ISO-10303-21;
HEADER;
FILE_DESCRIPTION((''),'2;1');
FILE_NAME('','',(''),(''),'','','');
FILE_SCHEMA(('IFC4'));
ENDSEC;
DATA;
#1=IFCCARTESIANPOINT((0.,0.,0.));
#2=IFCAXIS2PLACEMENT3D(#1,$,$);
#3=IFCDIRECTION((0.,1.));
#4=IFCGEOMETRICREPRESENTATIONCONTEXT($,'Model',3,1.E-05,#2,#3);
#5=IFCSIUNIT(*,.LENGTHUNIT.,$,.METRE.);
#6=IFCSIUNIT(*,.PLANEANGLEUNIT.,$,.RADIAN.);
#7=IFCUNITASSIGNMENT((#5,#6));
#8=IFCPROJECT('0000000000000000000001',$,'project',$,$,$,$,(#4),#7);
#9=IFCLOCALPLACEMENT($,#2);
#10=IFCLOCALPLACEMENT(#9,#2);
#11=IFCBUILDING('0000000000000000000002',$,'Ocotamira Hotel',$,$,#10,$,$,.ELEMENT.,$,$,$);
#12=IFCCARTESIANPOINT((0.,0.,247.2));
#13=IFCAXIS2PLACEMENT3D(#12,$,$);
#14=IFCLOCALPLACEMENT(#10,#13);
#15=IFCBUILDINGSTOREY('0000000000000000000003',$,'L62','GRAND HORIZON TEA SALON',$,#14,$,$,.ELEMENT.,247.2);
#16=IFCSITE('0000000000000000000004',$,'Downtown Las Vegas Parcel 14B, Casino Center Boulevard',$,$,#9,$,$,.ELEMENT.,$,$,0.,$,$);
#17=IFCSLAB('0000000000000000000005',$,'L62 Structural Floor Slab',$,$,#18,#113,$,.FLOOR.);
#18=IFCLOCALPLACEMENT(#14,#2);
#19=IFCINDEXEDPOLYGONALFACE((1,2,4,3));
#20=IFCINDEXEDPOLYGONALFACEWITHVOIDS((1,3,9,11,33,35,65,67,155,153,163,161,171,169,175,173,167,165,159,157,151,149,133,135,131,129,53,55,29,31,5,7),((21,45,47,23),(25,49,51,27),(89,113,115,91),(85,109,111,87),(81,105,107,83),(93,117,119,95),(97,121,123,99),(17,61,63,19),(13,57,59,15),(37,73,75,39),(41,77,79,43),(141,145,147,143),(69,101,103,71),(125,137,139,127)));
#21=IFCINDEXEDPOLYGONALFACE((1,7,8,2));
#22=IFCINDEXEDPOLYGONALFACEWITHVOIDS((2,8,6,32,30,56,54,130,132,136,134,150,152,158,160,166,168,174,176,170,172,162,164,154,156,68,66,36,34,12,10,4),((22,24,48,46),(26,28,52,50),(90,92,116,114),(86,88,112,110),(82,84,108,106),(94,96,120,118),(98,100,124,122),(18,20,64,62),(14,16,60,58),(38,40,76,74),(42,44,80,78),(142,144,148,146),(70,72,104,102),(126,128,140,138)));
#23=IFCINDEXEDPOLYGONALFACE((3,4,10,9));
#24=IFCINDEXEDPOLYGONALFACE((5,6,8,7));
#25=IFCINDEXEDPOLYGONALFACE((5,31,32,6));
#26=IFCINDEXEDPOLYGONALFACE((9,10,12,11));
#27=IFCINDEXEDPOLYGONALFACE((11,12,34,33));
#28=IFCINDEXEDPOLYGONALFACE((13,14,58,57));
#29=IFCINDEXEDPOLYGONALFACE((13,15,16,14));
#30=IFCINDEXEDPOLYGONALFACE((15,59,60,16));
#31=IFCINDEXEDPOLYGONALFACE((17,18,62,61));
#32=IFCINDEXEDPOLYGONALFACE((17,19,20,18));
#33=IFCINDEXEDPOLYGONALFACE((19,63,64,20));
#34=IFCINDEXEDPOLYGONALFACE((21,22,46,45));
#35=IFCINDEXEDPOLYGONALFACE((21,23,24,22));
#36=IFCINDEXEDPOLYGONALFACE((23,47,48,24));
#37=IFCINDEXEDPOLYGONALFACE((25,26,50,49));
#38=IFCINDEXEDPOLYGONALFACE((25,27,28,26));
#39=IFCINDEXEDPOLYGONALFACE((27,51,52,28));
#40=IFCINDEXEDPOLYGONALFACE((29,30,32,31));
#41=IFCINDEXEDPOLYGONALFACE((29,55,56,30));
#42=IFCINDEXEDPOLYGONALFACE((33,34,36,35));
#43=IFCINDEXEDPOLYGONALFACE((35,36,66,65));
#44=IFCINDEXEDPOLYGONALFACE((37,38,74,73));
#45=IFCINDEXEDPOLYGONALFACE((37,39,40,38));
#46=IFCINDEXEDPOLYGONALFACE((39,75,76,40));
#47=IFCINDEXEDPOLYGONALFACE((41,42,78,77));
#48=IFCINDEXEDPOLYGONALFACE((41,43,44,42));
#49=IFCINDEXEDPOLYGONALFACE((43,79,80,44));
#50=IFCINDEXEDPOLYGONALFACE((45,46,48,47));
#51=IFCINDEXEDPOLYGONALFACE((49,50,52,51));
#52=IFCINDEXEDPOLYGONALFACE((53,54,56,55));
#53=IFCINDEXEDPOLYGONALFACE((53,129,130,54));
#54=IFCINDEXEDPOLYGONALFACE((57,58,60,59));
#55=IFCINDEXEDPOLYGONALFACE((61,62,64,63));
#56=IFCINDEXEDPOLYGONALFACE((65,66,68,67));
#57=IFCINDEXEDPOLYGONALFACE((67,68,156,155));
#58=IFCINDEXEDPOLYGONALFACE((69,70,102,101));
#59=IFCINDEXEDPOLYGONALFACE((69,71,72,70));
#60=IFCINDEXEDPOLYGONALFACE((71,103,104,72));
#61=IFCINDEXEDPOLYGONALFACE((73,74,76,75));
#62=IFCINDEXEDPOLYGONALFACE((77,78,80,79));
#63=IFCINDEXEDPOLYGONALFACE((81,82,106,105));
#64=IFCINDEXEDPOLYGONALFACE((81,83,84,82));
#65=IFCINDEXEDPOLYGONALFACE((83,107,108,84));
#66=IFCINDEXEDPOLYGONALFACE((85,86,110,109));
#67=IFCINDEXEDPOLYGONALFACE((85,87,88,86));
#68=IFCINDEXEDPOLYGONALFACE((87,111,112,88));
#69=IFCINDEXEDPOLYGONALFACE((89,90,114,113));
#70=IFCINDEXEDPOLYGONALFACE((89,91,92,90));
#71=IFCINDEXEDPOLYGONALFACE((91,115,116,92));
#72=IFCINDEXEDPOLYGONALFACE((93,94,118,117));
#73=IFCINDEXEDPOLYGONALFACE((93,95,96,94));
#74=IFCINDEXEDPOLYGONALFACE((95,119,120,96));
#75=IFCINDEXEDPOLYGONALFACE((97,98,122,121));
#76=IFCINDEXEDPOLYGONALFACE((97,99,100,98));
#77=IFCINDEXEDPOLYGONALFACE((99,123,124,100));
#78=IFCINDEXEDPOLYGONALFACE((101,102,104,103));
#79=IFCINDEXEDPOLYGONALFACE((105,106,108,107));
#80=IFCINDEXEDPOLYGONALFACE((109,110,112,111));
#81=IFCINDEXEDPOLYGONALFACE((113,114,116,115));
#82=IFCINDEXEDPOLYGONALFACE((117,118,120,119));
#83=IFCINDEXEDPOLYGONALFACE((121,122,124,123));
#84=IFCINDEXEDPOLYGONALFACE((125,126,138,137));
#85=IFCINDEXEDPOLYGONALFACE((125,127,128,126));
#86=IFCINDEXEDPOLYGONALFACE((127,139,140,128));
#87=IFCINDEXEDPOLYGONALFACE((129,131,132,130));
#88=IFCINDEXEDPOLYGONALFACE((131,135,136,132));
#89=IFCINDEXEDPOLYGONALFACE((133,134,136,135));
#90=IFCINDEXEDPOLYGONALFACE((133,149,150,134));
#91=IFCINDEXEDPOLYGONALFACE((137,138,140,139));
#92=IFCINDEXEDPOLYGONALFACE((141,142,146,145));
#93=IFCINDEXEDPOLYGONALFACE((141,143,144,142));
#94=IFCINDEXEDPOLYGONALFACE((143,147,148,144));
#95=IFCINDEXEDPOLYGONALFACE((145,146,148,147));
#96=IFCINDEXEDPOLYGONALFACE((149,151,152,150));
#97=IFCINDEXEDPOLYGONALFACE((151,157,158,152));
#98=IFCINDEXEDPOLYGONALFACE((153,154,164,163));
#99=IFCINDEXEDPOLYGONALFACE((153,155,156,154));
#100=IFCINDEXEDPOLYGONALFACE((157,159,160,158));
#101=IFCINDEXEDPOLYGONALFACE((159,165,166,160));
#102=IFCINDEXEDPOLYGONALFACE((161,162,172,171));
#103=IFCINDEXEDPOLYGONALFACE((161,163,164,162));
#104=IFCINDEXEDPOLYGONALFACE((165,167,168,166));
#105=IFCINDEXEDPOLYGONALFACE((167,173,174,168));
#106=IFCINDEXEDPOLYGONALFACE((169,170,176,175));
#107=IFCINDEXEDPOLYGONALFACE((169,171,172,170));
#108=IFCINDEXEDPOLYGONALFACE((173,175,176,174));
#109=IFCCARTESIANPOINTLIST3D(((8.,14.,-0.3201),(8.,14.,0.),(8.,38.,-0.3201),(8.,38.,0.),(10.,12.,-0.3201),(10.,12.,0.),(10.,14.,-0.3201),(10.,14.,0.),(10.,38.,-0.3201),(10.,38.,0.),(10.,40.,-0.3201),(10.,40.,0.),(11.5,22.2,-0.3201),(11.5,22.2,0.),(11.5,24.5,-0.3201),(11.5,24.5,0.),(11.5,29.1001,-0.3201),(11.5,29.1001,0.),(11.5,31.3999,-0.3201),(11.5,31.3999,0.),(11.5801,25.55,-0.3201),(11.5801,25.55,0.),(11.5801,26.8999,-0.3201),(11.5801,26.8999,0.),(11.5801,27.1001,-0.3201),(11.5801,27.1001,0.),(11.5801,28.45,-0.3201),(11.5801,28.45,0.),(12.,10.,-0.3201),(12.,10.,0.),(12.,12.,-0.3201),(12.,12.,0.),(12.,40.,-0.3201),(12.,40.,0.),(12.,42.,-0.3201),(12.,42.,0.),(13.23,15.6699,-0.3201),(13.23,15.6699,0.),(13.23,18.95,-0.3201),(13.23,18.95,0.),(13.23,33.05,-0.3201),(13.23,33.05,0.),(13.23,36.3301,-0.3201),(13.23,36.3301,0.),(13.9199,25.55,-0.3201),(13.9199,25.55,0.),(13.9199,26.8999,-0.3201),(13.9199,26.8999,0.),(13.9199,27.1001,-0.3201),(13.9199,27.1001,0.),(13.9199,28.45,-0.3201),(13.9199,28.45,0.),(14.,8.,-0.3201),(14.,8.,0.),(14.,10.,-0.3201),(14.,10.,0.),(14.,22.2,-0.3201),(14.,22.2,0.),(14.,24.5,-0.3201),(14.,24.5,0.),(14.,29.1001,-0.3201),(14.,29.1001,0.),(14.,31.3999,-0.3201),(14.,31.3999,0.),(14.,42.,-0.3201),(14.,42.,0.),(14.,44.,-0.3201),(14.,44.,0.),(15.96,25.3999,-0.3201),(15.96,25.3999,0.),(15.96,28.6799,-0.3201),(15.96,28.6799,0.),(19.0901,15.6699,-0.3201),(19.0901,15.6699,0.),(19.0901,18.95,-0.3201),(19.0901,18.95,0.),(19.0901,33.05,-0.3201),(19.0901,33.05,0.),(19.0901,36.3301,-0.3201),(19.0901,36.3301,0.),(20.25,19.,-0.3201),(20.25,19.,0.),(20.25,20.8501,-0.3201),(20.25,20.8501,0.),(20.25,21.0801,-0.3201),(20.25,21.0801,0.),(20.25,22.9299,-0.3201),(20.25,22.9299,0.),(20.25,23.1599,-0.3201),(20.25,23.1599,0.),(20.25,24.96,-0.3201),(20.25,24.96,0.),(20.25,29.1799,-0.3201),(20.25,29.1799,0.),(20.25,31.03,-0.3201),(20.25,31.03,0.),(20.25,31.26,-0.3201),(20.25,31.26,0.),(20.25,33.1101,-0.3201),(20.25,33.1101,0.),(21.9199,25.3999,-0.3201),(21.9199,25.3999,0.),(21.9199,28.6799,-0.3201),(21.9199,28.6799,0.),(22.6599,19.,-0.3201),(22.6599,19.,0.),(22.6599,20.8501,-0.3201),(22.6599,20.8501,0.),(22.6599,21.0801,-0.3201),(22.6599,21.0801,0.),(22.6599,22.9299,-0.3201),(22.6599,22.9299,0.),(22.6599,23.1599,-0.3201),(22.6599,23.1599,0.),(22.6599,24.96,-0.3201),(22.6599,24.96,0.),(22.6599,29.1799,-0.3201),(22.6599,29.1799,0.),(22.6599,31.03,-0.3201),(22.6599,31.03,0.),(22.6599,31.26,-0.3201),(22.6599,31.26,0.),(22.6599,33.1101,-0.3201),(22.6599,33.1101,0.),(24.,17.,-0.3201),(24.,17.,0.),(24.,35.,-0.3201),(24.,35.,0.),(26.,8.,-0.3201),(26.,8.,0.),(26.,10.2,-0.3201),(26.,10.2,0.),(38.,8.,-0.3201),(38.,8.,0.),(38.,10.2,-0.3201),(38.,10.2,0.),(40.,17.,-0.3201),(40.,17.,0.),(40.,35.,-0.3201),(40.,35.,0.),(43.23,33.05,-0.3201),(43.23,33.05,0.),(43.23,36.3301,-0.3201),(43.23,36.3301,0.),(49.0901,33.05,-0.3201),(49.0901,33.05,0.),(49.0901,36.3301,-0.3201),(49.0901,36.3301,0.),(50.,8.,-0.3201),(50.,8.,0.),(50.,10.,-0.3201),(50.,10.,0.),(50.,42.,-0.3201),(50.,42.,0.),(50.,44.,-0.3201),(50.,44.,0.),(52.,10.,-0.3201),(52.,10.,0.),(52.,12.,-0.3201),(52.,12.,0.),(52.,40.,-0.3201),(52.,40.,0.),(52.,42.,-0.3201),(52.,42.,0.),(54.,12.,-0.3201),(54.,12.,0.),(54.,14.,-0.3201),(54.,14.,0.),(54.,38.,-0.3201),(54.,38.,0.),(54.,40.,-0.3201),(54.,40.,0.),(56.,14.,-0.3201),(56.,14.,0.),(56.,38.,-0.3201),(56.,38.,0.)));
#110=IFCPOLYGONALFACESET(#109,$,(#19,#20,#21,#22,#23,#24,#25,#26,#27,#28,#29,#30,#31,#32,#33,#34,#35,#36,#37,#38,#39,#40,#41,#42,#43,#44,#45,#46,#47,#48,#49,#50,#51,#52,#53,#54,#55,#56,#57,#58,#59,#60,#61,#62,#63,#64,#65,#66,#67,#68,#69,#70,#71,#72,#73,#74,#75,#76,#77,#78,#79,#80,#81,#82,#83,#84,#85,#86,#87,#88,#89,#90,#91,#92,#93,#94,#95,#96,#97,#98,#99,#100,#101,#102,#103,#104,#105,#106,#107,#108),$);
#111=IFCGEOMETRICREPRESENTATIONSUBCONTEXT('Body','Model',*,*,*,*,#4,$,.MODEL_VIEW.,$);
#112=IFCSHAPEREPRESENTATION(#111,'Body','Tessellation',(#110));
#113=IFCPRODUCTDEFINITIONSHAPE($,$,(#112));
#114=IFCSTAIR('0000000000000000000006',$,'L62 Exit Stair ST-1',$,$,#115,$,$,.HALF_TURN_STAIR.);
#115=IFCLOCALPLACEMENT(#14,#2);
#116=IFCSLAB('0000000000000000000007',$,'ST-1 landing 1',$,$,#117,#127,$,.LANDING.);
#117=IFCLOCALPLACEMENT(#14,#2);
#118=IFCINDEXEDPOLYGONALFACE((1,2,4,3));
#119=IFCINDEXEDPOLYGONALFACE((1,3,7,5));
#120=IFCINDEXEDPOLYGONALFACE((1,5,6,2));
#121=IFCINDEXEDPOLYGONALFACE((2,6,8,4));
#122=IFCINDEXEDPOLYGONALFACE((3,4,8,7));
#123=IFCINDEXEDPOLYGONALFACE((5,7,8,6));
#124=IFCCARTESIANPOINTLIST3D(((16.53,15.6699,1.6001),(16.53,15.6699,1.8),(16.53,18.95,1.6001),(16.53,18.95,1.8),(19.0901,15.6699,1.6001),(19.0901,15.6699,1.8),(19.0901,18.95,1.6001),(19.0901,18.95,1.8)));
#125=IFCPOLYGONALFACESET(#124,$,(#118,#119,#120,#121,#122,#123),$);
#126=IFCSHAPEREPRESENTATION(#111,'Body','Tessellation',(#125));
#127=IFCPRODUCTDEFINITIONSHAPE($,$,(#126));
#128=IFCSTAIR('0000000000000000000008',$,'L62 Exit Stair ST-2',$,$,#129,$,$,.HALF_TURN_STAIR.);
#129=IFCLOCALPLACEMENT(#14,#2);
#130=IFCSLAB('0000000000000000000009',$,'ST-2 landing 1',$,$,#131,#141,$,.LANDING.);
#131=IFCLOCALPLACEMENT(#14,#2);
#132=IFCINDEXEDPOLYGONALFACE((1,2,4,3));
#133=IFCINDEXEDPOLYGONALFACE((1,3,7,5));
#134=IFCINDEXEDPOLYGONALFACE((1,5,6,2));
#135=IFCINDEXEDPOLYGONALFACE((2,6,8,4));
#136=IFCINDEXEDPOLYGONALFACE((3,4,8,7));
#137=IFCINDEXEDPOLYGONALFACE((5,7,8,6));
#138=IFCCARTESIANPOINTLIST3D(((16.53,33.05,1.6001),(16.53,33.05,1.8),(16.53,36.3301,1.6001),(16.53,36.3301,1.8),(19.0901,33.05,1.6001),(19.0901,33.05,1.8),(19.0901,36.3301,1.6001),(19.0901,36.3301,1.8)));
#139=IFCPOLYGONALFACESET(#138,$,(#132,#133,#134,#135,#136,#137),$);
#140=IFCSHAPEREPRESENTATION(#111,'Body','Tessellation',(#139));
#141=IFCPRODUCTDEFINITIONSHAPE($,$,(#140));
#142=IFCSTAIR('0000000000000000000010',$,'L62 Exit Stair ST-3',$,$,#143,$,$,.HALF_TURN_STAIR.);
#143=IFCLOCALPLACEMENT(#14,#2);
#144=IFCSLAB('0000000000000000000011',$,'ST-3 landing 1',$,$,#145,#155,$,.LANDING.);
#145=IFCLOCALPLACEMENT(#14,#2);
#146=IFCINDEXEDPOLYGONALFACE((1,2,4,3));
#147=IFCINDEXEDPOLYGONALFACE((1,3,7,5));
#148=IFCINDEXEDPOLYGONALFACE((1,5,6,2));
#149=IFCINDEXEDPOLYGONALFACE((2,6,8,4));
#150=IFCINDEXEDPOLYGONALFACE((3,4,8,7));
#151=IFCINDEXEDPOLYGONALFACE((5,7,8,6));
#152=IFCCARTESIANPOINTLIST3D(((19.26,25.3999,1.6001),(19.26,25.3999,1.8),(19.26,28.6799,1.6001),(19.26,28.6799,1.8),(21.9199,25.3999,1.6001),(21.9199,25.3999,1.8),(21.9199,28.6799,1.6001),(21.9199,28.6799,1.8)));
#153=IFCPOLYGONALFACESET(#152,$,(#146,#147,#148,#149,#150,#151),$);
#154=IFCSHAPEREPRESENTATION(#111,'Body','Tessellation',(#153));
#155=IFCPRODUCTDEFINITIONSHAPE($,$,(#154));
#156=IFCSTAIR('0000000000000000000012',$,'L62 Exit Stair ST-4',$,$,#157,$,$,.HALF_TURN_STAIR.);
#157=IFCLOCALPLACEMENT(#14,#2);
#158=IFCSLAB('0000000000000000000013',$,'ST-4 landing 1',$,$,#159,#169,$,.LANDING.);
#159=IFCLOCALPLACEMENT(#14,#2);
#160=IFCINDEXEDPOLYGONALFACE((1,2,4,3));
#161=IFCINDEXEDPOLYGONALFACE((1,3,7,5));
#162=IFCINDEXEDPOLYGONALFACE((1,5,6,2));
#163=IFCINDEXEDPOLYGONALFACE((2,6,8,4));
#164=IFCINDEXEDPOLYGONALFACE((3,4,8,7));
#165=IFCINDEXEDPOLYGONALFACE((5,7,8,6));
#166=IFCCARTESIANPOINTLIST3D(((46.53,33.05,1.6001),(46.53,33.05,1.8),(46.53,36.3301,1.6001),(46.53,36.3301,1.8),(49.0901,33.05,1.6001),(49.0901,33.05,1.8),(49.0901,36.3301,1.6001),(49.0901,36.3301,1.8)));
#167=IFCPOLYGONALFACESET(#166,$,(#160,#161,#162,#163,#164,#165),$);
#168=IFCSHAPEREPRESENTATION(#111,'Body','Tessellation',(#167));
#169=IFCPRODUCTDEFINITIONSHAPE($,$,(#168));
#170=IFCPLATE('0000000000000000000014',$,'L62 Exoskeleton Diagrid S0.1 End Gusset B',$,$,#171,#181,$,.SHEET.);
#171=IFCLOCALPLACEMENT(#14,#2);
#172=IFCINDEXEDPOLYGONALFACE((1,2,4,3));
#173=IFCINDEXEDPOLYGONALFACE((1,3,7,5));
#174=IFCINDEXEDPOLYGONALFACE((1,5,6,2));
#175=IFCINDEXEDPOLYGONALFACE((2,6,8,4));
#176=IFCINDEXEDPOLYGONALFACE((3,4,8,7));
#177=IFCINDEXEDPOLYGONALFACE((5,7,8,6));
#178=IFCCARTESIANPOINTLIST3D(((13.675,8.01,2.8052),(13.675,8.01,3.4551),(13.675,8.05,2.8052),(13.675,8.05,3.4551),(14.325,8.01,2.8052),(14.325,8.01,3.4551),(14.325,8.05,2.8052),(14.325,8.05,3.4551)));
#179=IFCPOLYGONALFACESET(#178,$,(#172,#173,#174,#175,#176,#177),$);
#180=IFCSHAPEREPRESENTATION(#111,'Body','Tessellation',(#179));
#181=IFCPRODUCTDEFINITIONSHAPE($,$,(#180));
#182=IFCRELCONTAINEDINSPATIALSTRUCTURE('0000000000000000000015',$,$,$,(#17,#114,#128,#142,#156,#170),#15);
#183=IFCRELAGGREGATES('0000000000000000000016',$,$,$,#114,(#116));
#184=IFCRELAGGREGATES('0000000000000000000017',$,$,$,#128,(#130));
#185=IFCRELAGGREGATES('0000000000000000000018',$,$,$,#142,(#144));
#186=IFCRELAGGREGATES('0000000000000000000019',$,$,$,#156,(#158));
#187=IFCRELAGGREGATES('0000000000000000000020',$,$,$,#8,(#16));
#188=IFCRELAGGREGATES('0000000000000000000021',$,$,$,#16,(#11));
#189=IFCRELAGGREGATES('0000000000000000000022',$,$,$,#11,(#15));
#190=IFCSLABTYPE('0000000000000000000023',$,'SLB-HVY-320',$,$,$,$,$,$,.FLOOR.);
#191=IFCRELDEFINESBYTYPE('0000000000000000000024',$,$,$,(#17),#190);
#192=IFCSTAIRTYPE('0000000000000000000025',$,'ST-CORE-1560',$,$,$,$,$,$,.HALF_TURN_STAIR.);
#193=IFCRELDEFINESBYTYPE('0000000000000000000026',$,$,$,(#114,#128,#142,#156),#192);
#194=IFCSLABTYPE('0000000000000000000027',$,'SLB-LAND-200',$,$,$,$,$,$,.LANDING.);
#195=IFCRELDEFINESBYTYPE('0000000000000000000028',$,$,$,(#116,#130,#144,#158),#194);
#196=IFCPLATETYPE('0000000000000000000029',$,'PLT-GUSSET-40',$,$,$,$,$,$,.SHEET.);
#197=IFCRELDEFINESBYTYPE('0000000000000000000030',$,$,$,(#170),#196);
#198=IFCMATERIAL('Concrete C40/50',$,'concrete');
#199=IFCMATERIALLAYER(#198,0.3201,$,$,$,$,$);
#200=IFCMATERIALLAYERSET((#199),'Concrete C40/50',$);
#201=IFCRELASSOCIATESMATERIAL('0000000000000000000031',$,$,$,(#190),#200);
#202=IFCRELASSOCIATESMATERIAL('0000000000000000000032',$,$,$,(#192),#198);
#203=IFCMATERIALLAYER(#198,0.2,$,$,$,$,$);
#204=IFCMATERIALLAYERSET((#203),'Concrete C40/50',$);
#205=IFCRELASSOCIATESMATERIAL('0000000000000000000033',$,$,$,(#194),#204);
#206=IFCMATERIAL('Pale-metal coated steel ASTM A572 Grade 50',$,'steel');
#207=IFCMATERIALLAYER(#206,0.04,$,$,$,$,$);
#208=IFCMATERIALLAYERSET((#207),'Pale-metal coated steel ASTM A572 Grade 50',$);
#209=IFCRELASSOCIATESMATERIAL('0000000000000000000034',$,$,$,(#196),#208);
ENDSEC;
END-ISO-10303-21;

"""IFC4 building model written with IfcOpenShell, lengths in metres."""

from ifc_helpers import new_model, si_unit, direction, frame, origin, origin_2d, place, context, subcontext, project, spatial, polyline, rectangle, outline, extrude, source, transform, mapped, material, layer, layer_set, type_object, element, aggregate, save


model = new_model("IFC4")

# Units and contexts
model_context = context("Model", 3, precision=1e-05, world=origin(), true_north=direction((0.0, 1.0)))
body_context = subcontext(model_context, "Body", "Model", "MODEL_VIEW")
ifc_project = project(units=[si_unit("LENGTHUNIT", "METRE"), si_unit("PLANEANGLEUNIT", "RADIAN")], contexts=[model_context])

# Site, building, storey
site_placement = place(None, origin())
site = spatial("IfcSite", under=ifc_project, at=site_placement, Name="Downtown Las Vegas Parcel 14B, Casino Center Boulevard", CompositionType="ELEMENT", RefElevation=0.0)
building_placement = place(site_placement, origin())
building = spatial("IfcBuilding", under=site, at=building_placement, Name="Ocotamira Hotel", CompositionType="ELEMENT")
storey_placement = place(building_placement, frame((0.0, 0.0, 247.2)))
storey = spatial("IfcBuildingStorey", under=building, at=storey_placement, Name="L62", Description="GRAND HORIZON TEA SALON", CompositionType="ELEMENT", Elevation=247.2)

# Slab
ifc_material_1 = material(Name="Concrete C40/50", Category="concrete")
ifc_layer_1 = layer(ifc_material_1, 0.3201)
ifc_layer_set_1 = layer_set([ifc_layer_1], Name="Concrete C40/50")
slab_type_1 = type_object("IfcSlabType", Name="SLB-HVY-320", PredefinedType="FLOOR", material=ifc_layer_set_1)
slab_1_placement = place(storey_placement, frame((0.0, 0.0, -0.3201)))
element("IfcSlab", 1, at=slab_1_placement, inside=storey, type_object=slab_type_1, Name="L62 Structural Floor Slab", PredefinedType="FLOOR", context=body_context, shape_type="SweptSolid", body=[
    extrude(outline(polyline([(14.0, 8.0), (14.0, 10.0), (12.0, 10.0), (12.0, 12.0), (10.0, 12.0), (10.0, 14.0), (8.0, 14.0), (8.0, 38.0), (10.0, 38.0), (10.0, 40.0), (12.0, 40.0), (12.0, 42.0), (14.0, 42.0), (14.0, 44.0), (50.0, 44.0), (50.0, 42.0), (52.0, 42.0), (52.0, 40.0), (54.0, 40.0), (54.0, 38.0), (56.0, 38.0), (56.0, 14.0), (54.0, 14.0), (54.0, 12.0), (52.0, 12.0), (52.0, 10.0), (50.0, 10.0), (50.0, 8.0), (38.0, 8.0), (38.0, 10.2), (26.0, 10.2), (26.0, 8.0), (14.0, 8.0)]), holes=[polyline([(24.0, 17.0), (40.0, 17.0), (40.0, 35.0), (24.0, 35.0), (24.0, 17.0)]), polyline([(13.23, 15.6699), (19.0901, 15.6699), (19.0901, 18.95), (13.23, 18.95), (13.23, 15.6699)]), polyline([(13.23, 33.05), (19.0901, 33.05), (19.0901, 36.3301), (13.23, 36.3301), (13.23, 33.05)]), polyline([(15.96, 25.3999), (21.9199, 25.3999), (21.9199, 28.6799), (15.96, 28.6799), (15.96, 25.3999)]), polyline([(43.23, 33.05), (49.0901, 33.05), (49.0901, 36.3301), (43.23, 36.3301), (43.23, 33.05)]), polyline([(20.25, 19.0), (22.6599, 19.0), (22.6599, 20.8501), (20.25, 20.8501), (20.25, 19.0)]), polyline([(20.25, 21.0801), (22.6599, 21.0801), (22.6599, 22.9299), (20.25, 22.9299), (20.25, 21.0801)]), polyline([(20.25, 23.1599), (22.6599, 23.1599), (22.6599, 24.96), (20.25, 24.96), (20.25, 23.1599)]), polyline([(20.25, 29.1799), (22.6599, 29.1799), (22.6599, 31.03), (20.25, 31.03), (20.25, 29.1799)]), polyline([(20.25, 31.26), (22.6599, 31.26), (22.6599, 33.1101), (20.25, 33.1101), (20.25, 31.26)]), polyline([(11.5, 22.2), (14.0, 22.2), (14.0, 24.5), (11.5, 24.5), (11.5, 22.2)]), polyline([(11.5, 29.1001), (14.0, 29.1001), (14.0, 31.3999), (11.5, 31.3999), (11.5, 29.1001)]), polyline([(11.5801, 25.55), (13.9199, 25.55), (13.9199, 26.8999), (11.5801, 26.8999), (11.5801, 25.55)]), polyline([(11.5801, 27.1001), (13.9199, 27.1001), (13.9199, 28.45), (11.5801, 28.45), (11.5801, 27.1001)])]), origin(), (0.0, 0.0, 1.0), 0.3201),
])

# Stairs, slabs
stair_type = type_object("IfcStairType", Name="ST-CORE-1560", PredefinedType="HALF_TURN_STAIR", material=ifc_material_1)
stair_1_placement = place(storey_placement, origin())
stair_1 = element("IfcStair", 2, at=stair_1_placement, inside=storey, type_object=stair_type, Name="L62 Exit Stair ST-1", PredefinedType="HALF_TURN_STAIR")
ifc_layer_2 = layer(ifc_material_1, 0.2)
ifc_layer_set_2 = layer_set([ifc_layer_2], Name="Concrete C40/50")
slab_type_2 = type_object("IfcSlabType", Name="SLB-LAND-200", PredefinedType="LANDING", material=ifc_layer_set_2)
slab_2_placement = place(storey_placement, frame((0.0, 0.0, 1.6001)))
slab_2 = element("IfcSlab", 3, at=slab_2_placement, type_object=slab_type_2, Name="ST-1 landing 1", PredefinedType="LANDING", context=body_context, shape_type="SweptSolid", body=[
    extrude(outline(polyline([(16.53, 15.6699), (19.0901, 15.6699), (19.0901, 18.95), (16.53, 18.95), (16.53, 15.6699)])), origin(), (0.0, 0.0, 1.0), 0.2),
])
aggregate(stair_1, [slab_2])
stair_2_placement = place(storey_placement, origin())
stair_2 = element("IfcStair", 4, at=stair_2_placement, inside=storey, type_object=stair_type, Name="L62 Exit Stair ST-2", PredefinedType="HALF_TURN_STAIR")
slab_3_placement = place(storey_placement, frame((0.0, 0.0, 1.6001)))
slab_3 = element("IfcSlab", 5, at=slab_3_placement, type_object=slab_type_2, Name="ST-2 landing 1", PredefinedType="LANDING", context=body_context, shape_type="SweptSolid", body=[
    extrude(outline(polyline([(16.53, 33.05), (19.0901, 33.05), (19.0901, 36.3301), (16.53, 36.3301), (16.53, 33.05)])), origin(), (0.0, 0.0, 1.0), 0.2),
])
aggregate(stair_2, [slab_3])
stair_3_placement = place(storey_placement, origin())
stair_3 = element("IfcStair", 6, at=stair_3_placement, inside=storey, type_object=stair_type, Name="L62 Exit Stair ST-3", PredefinedType="HALF_TURN_STAIR")
slab_4_placement = place(storey_placement, frame((0.0, 0.0, 1.6001)))
slab_4 = element("IfcSlab", 7, at=slab_4_placement, type_object=slab_type_2, Name="ST-3 landing 1", PredefinedType="LANDING", context=body_context, shape_type="SweptSolid", body=[
    extrude(outline(polyline([(19.26, 25.3999), (21.9199, 25.3999), (21.9199, 28.6799), (19.26, 28.6799), (19.26, 25.3999)])), origin(), (0.0, 0.0, 1.0), 0.2),
])
aggregate(stair_3, [slab_4])
stair_4_placement = place(storey_placement, origin())
stair_4 = element("IfcStair", 8, at=stair_4_placement, inside=storey, type_object=stair_type, Name="L62 Exit Stair ST-4", PredefinedType="HALF_TURN_STAIR")
slab_5_placement = place(storey_placement, frame((0.0, 0.0, 1.6001)))
slab_5 = element("IfcSlab", 9, at=slab_5_placement, type_object=slab_type_2, Name="ST-4 landing 1", PredefinedType="LANDING", context=body_context, shape_type="SweptSolid", body=[
    extrude(outline(polyline([(46.53, 33.05), (49.0901, 33.05), (49.0901, 36.3301), (46.53, 36.3301), (46.53, 33.05)])), origin(), (0.0, 0.0, 1.0), 0.2),
])
aggregate(stair_4, [slab_5])

# Plate
ifc_material_2 = material(Name="Pale-metal coated steel ASTM A572 Grade 50", Category="steel")
ifc_layer_3 = layer(ifc_material_2, 0.04)
ifc_layer_set_3 = layer_set([ifc_layer_3], Name="Pale-metal coated steel ASTM A572 Grade 50")
plate_type = type_object("IfcPlateType", Name="PLT-GUSSET-40", PredefinedType="SHEET", material=ifc_layer_set_3)
shared_shape_1 = source(origin(), body_context, "Body", "SweptSolid", [
    extrude(rectangle(XDim=0.6499, YDim=0.04, at=origin_2d()), origin(), (0.0, 0.0, 1.0), 0.6499),
])
plate_1_placement = place(storey_placement, frame((14.0, 8.03, 2.8052), z_axis=(0.0, 0.0, 1.0), x_axis=(-1.0, 0.0, 0.0)))
element("IfcPlate", 10, at=plate_1_placement, inside=storey, type_object=plate_type, Name="L62 Exoskeleton Diagrid S0.1 End Gusset B", PredefinedType="SHEET", context=body_context, shape_type="MappedRepresentation", body=[
    mapped(shared_shape_1, transform((0.0, 0.0, 0.0), scale=1.0)),
])

save(model, "model.ifc")
